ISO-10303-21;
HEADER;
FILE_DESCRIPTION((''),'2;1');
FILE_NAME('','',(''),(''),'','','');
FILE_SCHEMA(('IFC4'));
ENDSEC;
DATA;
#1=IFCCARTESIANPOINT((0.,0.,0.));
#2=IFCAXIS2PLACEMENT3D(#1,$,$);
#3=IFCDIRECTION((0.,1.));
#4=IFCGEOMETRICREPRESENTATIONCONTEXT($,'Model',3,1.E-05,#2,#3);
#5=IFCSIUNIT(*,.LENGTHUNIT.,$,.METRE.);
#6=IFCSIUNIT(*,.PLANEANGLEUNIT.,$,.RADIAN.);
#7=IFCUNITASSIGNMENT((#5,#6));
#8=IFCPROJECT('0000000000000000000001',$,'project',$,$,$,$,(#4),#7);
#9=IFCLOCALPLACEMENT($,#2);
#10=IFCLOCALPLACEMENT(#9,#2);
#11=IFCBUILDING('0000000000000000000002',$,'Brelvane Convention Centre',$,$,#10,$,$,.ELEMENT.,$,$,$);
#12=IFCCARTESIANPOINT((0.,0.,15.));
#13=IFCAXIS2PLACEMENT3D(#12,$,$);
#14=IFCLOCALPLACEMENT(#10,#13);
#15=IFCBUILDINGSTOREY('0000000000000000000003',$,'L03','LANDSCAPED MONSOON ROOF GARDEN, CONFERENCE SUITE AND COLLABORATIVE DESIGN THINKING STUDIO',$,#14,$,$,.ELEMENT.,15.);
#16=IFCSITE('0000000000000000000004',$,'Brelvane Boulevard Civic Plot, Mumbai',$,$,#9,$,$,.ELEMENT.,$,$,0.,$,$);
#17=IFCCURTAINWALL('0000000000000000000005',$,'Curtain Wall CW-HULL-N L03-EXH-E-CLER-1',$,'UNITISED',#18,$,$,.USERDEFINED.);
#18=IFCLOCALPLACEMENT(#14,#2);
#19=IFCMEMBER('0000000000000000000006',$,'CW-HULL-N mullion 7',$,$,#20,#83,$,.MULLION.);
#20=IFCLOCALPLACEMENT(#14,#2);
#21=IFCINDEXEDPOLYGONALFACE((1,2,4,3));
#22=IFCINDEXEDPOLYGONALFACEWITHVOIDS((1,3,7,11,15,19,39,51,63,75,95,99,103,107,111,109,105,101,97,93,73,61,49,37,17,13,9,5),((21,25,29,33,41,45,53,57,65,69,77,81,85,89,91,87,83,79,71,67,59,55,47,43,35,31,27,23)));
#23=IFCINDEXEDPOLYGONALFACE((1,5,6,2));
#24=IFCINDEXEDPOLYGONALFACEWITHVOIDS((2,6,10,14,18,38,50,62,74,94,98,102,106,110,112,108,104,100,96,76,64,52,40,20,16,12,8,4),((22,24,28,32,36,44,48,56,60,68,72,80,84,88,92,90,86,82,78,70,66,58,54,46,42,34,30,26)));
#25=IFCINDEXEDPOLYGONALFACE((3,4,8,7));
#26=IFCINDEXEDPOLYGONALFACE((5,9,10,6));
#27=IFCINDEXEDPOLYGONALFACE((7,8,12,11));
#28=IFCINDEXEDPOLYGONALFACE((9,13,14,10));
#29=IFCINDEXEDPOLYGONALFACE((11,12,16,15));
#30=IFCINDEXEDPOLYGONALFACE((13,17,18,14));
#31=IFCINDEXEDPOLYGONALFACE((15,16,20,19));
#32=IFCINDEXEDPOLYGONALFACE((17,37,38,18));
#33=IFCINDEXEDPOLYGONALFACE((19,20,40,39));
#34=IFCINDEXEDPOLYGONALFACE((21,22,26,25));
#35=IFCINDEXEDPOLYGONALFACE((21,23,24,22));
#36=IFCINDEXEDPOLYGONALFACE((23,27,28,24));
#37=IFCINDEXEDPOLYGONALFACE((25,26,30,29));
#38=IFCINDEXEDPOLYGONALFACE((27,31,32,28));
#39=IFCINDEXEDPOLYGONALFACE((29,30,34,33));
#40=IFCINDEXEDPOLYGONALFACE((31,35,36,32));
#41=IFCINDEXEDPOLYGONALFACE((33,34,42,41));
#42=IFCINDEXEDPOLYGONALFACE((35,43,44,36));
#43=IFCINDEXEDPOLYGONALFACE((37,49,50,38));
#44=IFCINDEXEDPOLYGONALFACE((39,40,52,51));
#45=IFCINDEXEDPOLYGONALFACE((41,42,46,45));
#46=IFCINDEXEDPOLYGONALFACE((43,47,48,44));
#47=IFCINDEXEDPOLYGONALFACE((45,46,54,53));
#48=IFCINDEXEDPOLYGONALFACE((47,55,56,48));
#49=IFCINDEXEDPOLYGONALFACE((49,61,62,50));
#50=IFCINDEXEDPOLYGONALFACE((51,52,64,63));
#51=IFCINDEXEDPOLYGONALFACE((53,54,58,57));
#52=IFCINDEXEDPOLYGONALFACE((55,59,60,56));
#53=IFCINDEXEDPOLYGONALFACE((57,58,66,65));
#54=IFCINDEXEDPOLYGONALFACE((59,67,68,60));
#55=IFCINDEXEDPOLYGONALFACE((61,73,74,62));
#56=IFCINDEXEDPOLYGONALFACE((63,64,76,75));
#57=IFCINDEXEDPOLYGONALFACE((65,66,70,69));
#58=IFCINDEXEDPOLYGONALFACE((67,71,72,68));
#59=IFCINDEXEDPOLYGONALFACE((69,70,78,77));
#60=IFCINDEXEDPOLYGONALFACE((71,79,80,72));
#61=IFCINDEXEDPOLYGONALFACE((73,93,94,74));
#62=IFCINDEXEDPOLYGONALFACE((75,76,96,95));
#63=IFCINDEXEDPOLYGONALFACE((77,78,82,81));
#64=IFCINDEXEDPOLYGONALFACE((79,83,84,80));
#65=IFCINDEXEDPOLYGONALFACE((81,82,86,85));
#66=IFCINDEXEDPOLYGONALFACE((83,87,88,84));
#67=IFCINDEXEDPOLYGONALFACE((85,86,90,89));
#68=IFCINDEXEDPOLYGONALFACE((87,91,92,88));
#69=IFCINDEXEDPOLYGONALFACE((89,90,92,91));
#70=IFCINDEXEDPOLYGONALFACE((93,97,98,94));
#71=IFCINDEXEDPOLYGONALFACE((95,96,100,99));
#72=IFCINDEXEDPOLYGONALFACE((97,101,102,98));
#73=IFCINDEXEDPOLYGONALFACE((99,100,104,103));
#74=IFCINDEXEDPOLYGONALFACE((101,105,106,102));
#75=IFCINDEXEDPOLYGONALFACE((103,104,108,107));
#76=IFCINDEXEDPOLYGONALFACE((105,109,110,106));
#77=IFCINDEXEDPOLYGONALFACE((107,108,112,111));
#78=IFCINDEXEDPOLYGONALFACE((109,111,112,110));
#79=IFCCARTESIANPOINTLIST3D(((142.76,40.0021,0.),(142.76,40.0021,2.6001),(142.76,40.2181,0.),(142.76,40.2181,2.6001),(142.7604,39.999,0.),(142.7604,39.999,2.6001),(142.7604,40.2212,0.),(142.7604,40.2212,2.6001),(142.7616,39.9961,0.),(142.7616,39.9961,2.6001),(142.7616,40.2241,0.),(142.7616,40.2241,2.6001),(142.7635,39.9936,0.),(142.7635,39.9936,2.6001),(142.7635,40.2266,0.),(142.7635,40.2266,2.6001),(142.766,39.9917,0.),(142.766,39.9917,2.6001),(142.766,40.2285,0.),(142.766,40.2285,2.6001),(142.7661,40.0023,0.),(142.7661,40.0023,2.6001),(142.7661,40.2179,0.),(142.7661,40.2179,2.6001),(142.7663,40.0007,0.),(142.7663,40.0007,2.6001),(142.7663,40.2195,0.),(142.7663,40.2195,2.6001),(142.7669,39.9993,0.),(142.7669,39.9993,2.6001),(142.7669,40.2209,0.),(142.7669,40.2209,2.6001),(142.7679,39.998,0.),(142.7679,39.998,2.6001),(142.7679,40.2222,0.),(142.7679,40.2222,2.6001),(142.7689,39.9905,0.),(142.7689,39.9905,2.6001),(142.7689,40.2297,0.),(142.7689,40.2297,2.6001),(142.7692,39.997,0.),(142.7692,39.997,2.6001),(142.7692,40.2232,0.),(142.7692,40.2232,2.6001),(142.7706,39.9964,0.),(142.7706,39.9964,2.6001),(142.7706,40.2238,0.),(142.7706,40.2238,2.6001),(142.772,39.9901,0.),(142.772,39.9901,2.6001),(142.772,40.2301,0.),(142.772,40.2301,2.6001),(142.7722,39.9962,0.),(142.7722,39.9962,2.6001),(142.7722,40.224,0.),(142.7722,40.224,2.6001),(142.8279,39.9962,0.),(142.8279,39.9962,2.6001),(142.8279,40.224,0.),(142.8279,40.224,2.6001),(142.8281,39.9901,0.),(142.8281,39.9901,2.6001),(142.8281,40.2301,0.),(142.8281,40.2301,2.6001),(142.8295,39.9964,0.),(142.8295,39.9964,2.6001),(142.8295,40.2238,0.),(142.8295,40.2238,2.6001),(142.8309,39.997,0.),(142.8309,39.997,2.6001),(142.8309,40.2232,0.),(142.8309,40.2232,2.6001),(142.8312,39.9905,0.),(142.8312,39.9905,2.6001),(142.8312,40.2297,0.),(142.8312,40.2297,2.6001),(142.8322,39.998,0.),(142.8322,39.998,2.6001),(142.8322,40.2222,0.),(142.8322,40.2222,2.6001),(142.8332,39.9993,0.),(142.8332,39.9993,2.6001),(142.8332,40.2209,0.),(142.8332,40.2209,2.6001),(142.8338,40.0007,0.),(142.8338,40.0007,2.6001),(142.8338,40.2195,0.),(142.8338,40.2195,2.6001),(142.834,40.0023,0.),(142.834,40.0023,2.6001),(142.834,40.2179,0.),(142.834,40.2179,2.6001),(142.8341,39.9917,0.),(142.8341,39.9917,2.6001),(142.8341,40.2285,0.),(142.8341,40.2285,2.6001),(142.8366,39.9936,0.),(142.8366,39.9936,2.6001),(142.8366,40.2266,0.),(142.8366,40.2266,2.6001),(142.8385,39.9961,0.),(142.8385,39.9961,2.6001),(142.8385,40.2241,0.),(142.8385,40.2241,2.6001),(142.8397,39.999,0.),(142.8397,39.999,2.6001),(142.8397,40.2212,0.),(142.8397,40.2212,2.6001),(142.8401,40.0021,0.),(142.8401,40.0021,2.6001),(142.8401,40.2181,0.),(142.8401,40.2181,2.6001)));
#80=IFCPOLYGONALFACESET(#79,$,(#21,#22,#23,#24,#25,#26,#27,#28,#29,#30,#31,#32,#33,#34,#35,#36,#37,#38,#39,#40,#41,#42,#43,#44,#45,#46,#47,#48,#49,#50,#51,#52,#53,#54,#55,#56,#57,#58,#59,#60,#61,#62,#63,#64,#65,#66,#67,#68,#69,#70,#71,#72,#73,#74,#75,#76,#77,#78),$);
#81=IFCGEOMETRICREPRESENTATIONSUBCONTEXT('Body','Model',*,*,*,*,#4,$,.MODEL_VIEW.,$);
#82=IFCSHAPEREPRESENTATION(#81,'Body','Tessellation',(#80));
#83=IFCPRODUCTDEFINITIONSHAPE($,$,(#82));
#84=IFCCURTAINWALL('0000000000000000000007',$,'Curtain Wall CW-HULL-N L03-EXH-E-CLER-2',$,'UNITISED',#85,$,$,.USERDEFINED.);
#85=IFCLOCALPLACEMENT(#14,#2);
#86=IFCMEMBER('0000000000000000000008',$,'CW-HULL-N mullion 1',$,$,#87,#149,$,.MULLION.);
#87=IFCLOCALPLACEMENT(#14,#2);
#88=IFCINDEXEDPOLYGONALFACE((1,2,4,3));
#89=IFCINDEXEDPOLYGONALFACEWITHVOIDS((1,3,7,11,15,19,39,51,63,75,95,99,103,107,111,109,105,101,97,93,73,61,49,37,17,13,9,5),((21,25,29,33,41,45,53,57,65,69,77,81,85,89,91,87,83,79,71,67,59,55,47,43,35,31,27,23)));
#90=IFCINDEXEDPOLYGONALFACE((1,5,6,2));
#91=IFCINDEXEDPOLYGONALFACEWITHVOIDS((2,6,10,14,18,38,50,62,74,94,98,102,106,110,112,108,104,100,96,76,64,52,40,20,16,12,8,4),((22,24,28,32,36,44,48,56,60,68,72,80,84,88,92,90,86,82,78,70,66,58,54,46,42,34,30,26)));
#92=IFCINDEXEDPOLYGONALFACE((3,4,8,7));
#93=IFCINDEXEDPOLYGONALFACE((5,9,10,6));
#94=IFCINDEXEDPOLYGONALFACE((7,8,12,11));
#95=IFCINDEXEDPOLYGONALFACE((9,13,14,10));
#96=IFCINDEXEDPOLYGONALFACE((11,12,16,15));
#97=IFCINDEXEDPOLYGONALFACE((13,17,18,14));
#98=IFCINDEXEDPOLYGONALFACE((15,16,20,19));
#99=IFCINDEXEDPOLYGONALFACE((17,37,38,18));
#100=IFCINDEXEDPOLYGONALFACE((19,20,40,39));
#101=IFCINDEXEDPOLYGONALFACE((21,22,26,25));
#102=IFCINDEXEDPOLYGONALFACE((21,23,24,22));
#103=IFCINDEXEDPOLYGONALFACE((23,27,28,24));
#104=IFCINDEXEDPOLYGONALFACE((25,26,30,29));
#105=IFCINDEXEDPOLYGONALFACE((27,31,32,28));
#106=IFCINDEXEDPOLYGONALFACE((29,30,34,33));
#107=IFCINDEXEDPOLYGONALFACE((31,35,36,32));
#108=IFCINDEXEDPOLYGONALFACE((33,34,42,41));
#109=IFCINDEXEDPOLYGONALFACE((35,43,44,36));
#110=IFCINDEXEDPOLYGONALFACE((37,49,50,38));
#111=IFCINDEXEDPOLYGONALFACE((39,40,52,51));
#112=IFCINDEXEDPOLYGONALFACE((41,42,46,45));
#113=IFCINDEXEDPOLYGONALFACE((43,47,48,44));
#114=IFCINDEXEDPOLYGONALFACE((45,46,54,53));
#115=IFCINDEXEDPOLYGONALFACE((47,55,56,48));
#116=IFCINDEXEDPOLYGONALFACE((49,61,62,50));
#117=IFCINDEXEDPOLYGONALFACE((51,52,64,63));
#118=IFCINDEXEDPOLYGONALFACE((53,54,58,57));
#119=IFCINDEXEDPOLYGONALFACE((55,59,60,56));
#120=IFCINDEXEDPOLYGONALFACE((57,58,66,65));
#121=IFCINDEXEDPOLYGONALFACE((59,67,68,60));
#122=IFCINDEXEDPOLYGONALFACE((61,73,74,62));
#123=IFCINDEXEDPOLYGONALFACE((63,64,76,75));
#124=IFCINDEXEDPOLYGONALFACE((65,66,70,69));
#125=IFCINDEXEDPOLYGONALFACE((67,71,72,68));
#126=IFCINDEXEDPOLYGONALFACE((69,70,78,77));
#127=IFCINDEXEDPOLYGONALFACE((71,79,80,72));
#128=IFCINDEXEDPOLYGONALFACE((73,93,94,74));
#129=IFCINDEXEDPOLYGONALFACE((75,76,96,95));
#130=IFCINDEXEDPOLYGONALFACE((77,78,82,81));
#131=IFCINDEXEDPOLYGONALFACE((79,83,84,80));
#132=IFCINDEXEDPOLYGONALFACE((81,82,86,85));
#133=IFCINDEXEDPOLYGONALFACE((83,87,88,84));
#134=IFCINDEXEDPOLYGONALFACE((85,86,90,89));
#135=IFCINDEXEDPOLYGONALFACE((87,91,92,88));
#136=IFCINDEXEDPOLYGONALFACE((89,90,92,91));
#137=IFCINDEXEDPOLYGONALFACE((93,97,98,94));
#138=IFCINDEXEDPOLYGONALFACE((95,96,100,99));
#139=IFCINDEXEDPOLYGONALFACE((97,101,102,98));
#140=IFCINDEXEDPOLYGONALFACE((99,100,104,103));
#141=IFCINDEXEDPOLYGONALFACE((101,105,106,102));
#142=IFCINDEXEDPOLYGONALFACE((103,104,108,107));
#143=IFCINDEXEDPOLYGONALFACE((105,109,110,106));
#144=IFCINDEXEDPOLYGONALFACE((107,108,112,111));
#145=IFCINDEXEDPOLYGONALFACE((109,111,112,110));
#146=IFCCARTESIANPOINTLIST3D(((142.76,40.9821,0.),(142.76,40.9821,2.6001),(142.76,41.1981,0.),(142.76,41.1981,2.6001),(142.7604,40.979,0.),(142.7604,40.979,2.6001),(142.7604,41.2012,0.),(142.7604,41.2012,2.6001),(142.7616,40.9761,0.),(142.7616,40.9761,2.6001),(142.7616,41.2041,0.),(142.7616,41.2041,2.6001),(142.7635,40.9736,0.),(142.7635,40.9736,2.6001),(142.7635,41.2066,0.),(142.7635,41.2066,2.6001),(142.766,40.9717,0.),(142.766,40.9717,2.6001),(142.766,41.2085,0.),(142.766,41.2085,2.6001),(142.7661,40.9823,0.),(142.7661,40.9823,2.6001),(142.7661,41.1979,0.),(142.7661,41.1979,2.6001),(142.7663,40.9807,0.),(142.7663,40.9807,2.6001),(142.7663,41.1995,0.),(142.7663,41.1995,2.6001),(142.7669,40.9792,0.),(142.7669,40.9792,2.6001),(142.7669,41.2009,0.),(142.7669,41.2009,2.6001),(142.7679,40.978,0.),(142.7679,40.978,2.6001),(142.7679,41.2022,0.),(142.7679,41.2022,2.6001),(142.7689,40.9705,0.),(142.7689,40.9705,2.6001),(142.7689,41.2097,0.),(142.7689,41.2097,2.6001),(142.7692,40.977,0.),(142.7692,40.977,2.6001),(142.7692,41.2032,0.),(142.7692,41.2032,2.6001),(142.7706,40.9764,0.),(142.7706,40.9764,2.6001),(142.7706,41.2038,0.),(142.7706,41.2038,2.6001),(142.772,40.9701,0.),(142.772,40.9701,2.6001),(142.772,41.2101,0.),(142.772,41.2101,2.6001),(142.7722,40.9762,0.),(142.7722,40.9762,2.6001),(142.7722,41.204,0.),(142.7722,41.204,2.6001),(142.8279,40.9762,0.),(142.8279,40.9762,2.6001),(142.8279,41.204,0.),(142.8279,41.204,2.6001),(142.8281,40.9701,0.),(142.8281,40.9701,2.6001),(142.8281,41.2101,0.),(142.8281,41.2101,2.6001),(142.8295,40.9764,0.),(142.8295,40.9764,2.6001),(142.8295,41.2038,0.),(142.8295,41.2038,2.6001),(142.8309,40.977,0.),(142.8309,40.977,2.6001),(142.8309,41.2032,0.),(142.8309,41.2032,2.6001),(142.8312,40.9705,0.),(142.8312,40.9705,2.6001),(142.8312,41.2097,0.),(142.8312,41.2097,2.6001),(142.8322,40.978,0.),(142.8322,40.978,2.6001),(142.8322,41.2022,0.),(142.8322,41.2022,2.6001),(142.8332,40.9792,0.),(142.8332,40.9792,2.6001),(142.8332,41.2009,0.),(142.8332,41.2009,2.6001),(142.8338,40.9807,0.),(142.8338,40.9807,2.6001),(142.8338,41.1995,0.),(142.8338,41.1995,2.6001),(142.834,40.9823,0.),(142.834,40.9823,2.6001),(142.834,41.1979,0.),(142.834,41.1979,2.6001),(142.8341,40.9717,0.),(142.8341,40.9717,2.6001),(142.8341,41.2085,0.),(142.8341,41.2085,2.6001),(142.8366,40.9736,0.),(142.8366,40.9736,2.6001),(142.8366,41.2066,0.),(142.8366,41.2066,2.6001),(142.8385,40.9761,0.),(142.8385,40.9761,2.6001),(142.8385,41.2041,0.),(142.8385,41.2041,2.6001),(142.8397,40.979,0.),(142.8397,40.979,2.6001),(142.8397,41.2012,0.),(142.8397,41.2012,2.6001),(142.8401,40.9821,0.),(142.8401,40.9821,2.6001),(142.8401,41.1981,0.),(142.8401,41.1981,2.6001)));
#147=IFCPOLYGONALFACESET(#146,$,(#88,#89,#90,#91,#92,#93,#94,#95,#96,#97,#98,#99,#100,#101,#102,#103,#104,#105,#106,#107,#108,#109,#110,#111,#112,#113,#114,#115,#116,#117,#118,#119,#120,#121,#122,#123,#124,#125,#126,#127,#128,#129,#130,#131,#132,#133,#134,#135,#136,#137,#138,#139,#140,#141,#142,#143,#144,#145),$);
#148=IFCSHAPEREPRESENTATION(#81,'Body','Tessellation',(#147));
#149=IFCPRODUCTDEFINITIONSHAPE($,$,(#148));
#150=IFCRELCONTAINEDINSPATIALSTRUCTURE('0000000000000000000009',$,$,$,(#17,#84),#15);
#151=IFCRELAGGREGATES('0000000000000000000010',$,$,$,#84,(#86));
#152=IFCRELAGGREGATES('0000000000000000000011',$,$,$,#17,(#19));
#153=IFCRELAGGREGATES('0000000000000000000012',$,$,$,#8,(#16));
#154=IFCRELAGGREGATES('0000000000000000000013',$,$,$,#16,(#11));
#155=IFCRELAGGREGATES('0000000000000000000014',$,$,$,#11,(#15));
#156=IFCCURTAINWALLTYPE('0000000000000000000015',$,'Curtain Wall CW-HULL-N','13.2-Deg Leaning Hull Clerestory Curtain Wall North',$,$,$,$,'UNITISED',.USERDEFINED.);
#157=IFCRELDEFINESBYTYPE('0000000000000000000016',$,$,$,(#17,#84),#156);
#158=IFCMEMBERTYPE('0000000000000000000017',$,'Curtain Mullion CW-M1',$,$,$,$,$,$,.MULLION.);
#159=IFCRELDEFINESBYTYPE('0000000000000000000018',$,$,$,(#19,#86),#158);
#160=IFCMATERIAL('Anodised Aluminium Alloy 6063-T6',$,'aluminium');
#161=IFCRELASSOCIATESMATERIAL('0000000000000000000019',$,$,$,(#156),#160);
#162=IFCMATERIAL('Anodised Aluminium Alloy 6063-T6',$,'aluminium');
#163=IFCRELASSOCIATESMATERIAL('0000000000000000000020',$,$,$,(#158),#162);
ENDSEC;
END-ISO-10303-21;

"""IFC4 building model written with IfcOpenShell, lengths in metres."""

from ifc_helpers import new_model, si_unit, direction, frame, origin, origin_2d, place, context, subcontext, project, spatial, hollow_rectangle, extrude, material, material_profile, profile_set, type_object, element, aggregate, save


model = new_model("IFC4")

# Units and contexts
model_context = context("Model", 3, precision=1e-05, world=origin(), true_north=direction((0.0, 1.0)))
body_context = subcontext(model_context, "Body", "Model", "MODEL_VIEW")
ifc_project = project(units=[si_unit("LENGTHUNIT", "METRE"), si_unit("PLANEANGLEUNIT", "RADIAN")], contexts=[model_context])

# Site, building, storey
site_placement = place(None, origin())
site = spatial("IfcSite", under=ifc_project, at=site_placement, Name="Brelvane Boulevard Civic Plot, Mumbai", CompositionType="ELEMENT", RefElevation=0.0)
building_placement = place(site_placement, origin())
building = spatial("IfcBuilding", under=site, at=building_placement, Name="Brelvane Convention Centre", CompositionType="ELEMENT")
storey_placement = place(building_placement, frame((0.0, 0.0, 15.0)))
storey = spatial("IfcBuildingStorey", under=building, at=storey_placement, Name="L03", Description="LANDSCAPED MONSOON ROOF GARDEN, CONFERENCE SUITE AND COLLABORATIVE DESIGN THINKING STUDIO", CompositionType="ELEMENT", Elevation=15.0)

# Curtain wall, member
ifc_material_1 = material(Name="Anodised Aluminium Alloy 6063-T6", Category="aluminium")
curtain_wall_type = type_object("IfcCurtainWallType", Name="Curtain Wall CW-HULL-N", Description="13.2-Deg Leaning Hull Clerestory Curtain Wall North", ElementType="UNITISED", PredefinedType="USERDEFINED", material=ifc_material_1)
curtain_wall_1_placement = place(storey_placement, origin())
curtain_wall_1 = element("IfcCurtainWall", 1, at=curtain_wall_1_placement, inside=storey, type_object=curtain_wall_type, Name="Curtain Wall CW-HULL-N L03-EXH-E-CLER-1", ObjectType="UNITISED", PredefinedType="USERDEFINED")
ifc_material_2 = material(Name="Anodised Aluminium Alloy 6063-T6", Category="aluminium")
ifc_material_profile_1 = material_profile(ifc_material_2, hollow_rectangle(XDim=0.0801, YDim=0.24, WallThickness=0.0061, InnerFilletRadius=0.0061, OuterFilletRadius=0.012, at=origin_2d()), Name="ALU-M 240x80x6.0")
ifc_profile_set_1 = profile_set([ifc_material_profile_1], Name="Anodised Aluminium Alloy 6063-T6")
member_type_1 = type_object("IfcMemberType", Name="Curtain Mullion CW-M1", PredefinedType="MULLION", material=ifc_profile_set_1)
member_1_placement = place(storey_placement, frame((142.8, 40.1101, 0.0), z_axis=(0.0, 0.0, 1.0), x_axis=(-1.0, 0.0, 0.0)))
member_1 = element("IfcMember", 2, at=member_1_placement, type_object=member_type_1, Name="CW-HULL-N mullion 7", PredefinedType="MULLION", context=body_context, shape_type="SweptSolid", body=[
    extrude(hollow_rectangle(XDim=0.0801, YDim=0.24, WallThickness=0.0061, InnerFilletRadius=0.0061, OuterFilletRadius=0.012, at=origin_2d()), origin(), (0.0, 0.0, 1.0), 2.6001),
])

# Curtain wall, member
curtain_wall_2_placement = place(storey_placement, origin())
curtain_wall_2 = element("IfcCurtainWall", 3, at=curtain_wall_2_placement, inside=storey, type_object=curtain_wall_type, Name="Curtain Wall CW-HULL-N L03-EXH-E-CLER-2", ObjectType="UNITISED", PredefinedType="USERDEFINED")
member_2_placement = place(storey_placement, frame((142.8, 41.0901, 0.0), z_axis=(0.0, 0.0, 1.0), x_axis=(-1.0, 0.0, 0.0)))
member_2 = element("IfcMember", 4, at=member_2_placement, type_object=member_type_1, Name="CW-HULL-N mullion 1", PredefinedType="MULLION", context=body_context, shape_type="SweptSolid", body=[
    extrude(hollow_rectangle(XDim=0.0801, YDim=0.24, WallThickness=0.0061, InnerFilletRadius=0.0061, OuterFilletRadius=0.012, at=origin_2d()), origin(), (0.0, 0.0, 1.0), 2.6001),
])

aggregate(curtain_wall_2, [member_2])

aggregate(curtain_wall_1, [member_1])

save(model, "model.ifc")
